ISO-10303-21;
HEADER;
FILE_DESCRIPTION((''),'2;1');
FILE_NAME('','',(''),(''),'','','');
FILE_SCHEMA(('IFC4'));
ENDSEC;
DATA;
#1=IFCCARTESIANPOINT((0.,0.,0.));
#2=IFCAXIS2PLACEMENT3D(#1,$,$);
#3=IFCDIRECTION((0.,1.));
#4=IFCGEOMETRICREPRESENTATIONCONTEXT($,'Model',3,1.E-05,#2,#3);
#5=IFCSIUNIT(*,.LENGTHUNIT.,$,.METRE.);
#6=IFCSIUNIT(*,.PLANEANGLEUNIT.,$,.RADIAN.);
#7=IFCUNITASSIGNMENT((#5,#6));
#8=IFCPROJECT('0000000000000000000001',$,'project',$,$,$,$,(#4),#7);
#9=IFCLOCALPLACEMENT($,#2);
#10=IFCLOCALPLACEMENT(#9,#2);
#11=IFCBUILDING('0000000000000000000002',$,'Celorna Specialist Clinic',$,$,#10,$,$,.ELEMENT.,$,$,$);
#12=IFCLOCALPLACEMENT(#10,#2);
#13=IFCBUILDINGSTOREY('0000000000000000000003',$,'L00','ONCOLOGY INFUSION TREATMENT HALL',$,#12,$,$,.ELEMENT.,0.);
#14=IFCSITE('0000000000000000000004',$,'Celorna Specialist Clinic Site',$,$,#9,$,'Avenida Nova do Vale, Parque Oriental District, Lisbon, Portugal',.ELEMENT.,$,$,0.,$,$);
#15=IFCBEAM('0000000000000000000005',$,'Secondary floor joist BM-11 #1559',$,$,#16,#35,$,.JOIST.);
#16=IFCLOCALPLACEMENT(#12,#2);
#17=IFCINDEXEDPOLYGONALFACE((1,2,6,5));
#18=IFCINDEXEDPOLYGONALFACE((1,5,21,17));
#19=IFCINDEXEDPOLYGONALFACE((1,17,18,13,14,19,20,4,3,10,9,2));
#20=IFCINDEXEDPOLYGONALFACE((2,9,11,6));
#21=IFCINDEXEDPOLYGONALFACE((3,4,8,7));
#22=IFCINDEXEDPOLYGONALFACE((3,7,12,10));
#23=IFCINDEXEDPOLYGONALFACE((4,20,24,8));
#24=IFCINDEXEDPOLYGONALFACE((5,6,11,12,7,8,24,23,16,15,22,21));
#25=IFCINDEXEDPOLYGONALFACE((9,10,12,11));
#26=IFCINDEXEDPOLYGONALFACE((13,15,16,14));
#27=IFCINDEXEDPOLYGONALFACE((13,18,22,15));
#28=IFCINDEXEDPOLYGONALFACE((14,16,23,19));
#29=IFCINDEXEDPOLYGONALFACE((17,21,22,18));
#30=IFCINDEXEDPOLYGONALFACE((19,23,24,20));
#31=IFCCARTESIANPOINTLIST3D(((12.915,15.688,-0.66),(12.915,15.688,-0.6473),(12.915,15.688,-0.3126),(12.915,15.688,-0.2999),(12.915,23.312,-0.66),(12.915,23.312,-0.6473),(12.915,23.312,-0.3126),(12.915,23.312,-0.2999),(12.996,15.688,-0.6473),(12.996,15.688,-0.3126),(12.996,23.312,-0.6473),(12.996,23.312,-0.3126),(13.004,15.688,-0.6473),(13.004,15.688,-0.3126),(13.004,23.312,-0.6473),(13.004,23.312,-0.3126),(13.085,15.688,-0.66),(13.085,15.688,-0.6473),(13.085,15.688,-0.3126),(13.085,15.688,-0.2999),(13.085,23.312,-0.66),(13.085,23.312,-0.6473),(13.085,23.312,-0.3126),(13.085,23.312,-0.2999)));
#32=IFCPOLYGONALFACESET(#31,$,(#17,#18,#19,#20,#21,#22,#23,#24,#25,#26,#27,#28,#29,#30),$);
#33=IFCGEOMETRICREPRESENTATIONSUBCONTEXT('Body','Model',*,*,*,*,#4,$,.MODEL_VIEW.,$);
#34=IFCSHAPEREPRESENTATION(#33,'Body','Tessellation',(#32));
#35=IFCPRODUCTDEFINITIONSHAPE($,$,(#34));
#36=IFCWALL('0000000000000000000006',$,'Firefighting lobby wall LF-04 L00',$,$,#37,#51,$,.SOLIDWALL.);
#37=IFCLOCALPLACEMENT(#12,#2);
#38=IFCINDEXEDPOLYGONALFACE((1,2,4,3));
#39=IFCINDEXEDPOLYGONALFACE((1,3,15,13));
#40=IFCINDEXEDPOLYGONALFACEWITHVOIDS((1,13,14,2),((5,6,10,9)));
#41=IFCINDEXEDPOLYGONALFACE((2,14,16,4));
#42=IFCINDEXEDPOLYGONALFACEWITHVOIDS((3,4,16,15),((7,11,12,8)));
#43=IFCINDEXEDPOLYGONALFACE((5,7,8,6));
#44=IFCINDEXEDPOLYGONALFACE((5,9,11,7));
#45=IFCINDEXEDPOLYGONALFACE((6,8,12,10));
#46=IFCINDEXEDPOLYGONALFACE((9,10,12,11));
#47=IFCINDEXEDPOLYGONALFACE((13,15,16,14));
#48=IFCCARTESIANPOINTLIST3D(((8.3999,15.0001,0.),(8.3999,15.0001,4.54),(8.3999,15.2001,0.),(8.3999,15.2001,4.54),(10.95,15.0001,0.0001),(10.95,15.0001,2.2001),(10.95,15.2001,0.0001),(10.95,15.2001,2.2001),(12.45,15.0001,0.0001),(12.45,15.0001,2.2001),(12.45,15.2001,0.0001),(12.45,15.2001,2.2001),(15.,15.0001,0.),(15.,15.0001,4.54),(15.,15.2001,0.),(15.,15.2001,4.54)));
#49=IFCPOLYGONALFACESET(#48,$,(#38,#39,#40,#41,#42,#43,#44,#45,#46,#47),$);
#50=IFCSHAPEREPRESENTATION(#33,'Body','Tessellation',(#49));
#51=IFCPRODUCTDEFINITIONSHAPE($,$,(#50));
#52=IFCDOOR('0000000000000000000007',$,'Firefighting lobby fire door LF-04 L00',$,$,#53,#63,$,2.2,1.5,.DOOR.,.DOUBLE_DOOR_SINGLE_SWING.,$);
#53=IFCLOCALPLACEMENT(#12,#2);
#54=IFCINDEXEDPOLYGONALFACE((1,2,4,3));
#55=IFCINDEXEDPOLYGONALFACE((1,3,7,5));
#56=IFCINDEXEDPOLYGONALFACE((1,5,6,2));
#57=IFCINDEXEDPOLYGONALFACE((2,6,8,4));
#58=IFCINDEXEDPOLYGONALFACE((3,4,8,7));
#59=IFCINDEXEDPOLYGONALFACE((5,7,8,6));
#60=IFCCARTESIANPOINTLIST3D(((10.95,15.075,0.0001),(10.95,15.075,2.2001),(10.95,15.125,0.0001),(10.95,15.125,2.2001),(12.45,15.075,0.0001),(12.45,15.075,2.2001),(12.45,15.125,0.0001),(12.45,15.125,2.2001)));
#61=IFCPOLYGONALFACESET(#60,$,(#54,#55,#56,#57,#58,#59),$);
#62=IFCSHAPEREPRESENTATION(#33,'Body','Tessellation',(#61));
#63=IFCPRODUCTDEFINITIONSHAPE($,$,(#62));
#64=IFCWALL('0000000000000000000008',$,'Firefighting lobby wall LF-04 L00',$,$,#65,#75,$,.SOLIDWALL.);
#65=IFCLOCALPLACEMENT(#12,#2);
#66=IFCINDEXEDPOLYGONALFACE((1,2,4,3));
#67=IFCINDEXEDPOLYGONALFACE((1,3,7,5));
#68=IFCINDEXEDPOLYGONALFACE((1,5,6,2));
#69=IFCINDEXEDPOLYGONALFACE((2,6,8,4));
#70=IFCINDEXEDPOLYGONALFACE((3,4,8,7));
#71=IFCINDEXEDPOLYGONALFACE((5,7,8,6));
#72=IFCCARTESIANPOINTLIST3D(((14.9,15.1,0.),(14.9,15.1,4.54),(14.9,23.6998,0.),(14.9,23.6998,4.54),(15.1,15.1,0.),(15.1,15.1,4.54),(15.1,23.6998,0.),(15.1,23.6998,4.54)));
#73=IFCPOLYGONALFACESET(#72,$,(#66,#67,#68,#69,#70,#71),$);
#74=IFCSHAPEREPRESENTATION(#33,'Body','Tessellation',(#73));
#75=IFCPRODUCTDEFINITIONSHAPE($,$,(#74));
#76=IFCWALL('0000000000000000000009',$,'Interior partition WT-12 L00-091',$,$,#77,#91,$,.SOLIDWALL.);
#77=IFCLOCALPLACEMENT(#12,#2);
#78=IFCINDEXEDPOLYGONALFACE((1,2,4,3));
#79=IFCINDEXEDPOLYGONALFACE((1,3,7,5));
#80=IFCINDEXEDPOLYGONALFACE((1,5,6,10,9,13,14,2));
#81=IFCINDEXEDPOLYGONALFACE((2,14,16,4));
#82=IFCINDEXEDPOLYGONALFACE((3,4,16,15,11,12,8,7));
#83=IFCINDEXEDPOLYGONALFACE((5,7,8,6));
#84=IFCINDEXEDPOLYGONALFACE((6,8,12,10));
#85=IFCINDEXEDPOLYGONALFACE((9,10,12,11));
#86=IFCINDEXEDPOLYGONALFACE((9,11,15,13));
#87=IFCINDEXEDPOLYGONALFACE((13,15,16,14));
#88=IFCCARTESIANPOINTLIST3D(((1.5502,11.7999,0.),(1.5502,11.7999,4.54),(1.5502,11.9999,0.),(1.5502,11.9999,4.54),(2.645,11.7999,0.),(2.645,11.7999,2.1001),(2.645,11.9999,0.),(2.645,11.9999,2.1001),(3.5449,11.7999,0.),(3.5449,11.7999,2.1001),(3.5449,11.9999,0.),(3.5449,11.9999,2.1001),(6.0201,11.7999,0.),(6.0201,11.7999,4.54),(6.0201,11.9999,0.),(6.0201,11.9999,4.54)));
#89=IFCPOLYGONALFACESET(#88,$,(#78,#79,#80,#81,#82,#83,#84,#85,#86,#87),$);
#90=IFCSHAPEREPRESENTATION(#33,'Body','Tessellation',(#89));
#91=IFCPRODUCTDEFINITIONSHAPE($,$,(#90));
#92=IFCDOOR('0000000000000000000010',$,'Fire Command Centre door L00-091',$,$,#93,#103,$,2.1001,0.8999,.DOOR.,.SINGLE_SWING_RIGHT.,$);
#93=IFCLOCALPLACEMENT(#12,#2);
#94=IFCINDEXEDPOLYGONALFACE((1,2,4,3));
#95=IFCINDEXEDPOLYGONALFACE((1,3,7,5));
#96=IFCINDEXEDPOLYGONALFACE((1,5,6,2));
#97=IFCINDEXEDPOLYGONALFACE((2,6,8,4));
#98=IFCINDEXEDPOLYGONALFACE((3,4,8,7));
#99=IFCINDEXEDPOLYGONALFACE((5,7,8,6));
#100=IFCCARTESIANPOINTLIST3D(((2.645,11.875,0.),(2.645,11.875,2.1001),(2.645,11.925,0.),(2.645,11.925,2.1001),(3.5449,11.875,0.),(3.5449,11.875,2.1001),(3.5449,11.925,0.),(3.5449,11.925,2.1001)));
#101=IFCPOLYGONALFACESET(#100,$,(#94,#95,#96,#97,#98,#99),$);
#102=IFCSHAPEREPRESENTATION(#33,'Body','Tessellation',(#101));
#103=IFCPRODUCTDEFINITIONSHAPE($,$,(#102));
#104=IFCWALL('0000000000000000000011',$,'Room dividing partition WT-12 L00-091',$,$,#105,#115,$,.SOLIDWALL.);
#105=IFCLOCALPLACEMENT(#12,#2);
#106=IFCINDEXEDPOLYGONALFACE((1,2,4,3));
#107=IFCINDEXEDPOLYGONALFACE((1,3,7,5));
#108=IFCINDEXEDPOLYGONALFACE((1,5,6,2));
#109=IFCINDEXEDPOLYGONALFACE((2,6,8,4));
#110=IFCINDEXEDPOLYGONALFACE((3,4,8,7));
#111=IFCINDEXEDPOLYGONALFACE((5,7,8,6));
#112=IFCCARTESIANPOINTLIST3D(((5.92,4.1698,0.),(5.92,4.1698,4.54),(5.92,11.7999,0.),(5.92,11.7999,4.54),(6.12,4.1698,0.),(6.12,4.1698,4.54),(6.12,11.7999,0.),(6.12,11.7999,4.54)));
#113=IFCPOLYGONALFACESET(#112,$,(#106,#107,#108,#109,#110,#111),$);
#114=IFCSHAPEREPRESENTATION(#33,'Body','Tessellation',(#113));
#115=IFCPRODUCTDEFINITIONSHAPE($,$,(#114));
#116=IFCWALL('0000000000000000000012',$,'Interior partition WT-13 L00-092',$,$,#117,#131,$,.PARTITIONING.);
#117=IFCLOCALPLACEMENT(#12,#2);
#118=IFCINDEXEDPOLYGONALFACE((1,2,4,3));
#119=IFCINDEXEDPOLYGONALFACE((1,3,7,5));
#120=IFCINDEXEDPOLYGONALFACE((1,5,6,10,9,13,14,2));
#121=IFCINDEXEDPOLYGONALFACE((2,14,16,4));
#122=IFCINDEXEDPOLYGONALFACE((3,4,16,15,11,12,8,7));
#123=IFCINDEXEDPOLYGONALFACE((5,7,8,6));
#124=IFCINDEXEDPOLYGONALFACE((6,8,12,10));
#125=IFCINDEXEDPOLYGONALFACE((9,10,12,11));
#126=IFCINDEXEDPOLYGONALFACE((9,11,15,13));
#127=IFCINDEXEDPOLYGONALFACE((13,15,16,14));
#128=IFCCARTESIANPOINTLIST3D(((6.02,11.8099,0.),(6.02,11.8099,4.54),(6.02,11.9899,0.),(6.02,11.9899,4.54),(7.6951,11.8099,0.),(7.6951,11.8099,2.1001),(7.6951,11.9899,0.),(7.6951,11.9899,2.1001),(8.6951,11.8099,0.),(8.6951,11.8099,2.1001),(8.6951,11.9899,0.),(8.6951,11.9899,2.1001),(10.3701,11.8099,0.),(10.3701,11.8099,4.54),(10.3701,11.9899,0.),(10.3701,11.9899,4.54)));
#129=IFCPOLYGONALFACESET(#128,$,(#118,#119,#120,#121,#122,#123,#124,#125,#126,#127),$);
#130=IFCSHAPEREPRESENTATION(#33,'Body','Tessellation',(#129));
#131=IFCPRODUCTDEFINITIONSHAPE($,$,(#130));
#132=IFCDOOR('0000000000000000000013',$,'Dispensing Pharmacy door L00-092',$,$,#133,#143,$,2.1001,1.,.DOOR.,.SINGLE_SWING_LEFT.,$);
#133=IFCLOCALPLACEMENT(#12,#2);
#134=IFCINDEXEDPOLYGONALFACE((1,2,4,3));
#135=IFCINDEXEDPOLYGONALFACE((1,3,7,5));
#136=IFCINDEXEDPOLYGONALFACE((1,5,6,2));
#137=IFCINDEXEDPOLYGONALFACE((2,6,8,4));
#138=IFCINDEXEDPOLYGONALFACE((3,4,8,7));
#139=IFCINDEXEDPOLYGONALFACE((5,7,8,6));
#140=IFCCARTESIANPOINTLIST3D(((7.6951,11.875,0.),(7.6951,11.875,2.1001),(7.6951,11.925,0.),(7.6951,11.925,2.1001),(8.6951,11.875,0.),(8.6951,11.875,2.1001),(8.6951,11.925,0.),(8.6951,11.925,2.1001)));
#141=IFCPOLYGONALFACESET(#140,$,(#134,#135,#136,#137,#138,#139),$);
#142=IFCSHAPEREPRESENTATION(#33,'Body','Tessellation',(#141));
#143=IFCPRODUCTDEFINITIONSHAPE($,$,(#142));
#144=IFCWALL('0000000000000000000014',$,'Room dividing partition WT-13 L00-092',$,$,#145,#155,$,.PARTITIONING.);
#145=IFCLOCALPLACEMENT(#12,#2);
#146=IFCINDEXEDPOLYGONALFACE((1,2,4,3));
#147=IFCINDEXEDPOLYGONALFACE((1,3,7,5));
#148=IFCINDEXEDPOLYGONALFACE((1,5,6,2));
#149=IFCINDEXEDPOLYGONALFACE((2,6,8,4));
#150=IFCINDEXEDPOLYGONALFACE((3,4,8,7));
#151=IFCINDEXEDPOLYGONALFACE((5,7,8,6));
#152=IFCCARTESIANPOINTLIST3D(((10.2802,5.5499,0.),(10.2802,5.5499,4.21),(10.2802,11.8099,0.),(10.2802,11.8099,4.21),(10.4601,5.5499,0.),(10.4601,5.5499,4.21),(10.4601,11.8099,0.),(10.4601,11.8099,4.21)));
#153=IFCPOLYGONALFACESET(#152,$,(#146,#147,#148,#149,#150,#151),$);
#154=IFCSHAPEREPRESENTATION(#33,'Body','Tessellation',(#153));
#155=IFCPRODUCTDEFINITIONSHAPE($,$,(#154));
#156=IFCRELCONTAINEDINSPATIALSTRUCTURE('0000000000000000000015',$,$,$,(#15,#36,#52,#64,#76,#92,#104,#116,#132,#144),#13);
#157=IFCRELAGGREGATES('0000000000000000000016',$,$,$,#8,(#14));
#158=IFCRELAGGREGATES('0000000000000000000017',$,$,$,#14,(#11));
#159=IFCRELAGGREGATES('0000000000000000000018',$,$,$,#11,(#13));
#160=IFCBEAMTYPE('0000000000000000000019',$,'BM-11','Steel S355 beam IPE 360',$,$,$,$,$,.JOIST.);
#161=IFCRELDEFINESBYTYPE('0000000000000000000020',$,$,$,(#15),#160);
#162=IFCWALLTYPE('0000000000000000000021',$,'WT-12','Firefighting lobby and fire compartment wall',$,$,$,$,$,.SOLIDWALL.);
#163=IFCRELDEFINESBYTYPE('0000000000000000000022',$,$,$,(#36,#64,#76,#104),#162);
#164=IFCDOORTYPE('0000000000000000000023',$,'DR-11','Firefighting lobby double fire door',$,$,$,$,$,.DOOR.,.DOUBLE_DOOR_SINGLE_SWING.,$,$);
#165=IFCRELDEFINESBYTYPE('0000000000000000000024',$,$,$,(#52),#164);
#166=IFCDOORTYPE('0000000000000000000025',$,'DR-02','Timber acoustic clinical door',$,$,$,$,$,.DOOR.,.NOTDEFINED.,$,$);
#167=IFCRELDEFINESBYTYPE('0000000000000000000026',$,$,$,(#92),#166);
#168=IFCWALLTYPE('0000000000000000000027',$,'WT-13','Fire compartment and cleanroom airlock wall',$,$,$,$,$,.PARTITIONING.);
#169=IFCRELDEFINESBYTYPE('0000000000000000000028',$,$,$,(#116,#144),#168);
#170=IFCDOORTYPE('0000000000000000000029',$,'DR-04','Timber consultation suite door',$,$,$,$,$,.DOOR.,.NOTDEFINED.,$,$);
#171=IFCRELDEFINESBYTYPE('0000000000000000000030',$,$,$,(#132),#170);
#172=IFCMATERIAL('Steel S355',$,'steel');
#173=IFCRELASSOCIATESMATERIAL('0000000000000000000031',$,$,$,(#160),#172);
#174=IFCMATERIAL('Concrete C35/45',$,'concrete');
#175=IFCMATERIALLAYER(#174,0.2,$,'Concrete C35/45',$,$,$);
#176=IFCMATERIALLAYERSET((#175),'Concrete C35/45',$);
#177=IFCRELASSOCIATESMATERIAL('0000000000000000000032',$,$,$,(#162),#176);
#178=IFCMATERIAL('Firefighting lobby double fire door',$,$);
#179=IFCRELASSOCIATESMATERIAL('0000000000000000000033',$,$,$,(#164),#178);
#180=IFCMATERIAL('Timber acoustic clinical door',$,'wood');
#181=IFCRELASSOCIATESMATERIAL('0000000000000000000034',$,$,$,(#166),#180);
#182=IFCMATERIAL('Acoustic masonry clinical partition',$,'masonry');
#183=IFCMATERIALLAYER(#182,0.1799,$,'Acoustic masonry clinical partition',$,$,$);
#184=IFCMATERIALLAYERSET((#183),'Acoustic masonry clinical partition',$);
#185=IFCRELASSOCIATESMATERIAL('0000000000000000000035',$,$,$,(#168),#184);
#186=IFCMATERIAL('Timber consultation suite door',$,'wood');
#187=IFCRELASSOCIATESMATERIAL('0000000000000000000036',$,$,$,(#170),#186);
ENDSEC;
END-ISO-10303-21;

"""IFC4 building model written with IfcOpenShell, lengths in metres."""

from ifc_helpers import new_model, si_unit, direction, frame, frame_2d, origin, origin_2d, place, context, subcontext, project, spatial, rectangle, i_section, extrude, material, layer, layer_set, material_profile, profile_set, type_object, element, fill, save


model = new_model("IFC4")

# Units and contexts
model_context = context("Model", 3, precision=1e-05, world=origin(), true_north=direction((0.0, 1.0)))
body_context = subcontext(model_context, "Body", "Model", "MODEL_VIEW")
ifc_project = project(units=[si_unit("LENGTHUNIT", "METRE"), si_unit("PLANEANGLEUNIT", "RADIAN")], contexts=[model_context])

# Site, building, storey
site_placement = place(None, origin())
site = spatial("IfcSite", under=ifc_project, at=site_placement, Name="Celorna Specialist Clinic Site", LongName="Avenida Nova do Vale, Parque Oriental District, Lisbon, Portugal", CompositionType="ELEMENT", RefElevation=0.0)
building_placement = place(site_placement, origin())
building = spatial("IfcBuilding", under=site, at=building_placement, Name="Celorna Specialist Clinic", CompositionType="ELEMENT")
storey_placement = place(building_placement, origin())
storey = spatial("IfcBuildingStorey", under=building, at=storey_placement, Name="L00", Description="ONCOLOGY INFUSION TREATMENT HALL", CompositionType="ELEMENT", Elevation=0.0)

# Beam
ifc_material_1 = material(Name="Steel S355", Category="steel")
ifc_material_profile_1 = material_profile(ifc_material_1, i_section(OverallWidth=0.1699, OverallDepth=0.3601, WebThickness=0.0081, FlangeThickness=0.0127, at=origin_2d()), Name="IPE 360")
ifc_profile_set_1 = profile_set([ifc_material_profile_1], Name="Steel S355")
beam_type_1 = type_object("IfcBeamType", Name="BM-11", Description="Steel S355 beam IPE 360", PredefinedType="JOIST", material=ifc_profile_set_1)
for number, where, z_axis, x_axis, name in (
    (1, (13.0, 15.688, -0.48), (0.0, 1.0, 0.0), (-1.0, 0.0, 0.0), "Secondary floor joist BM-11 #1559"),
):
    element("IfcBeam", number, at=place(storey_placement, frame(where, z_axis=z_axis, x_axis=x_axis)), inside=storey, type_object=beam_type_1, Name=name, PredefinedType="JOIST", context=body_context, shape_type="SweptSolid", body=[
        extrude(i_section(OverallWidth=0.1699, OverallDepth=0.3601, WebThickness=0.0081, FlangeThickness=0.0127, at=origin_2d()), origin(), (0.0, 0.0, 1.0), 7.624),
    ])

# Wall, opening, door
ifc_material_2 = material(Name="Concrete C35/45", Category="concrete")
ifc_layer_1 = layer(ifc_material_2, 0.2, Name="Concrete C35/45")
ifc_layer_set_1 = layer_set([ifc_layer_1], Name="Concrete C35/45")
wall_type_1 = type_object("IfcWallType", Name="WT-12", Description="Firefighting lobby and fire compartment wall", PredefinedType="SOLIDWALL", material=ifc_layer_set_1)
wall_1_placement = place(storey_placement, frame((8.3999, 15.1001, 0.0), z_axis=(0.0, 0.0, 1.0), x_axis=(1.0, 0.0, 0.0)))
wall_1 = element("IfcWall", 2, at=wall_1_placement, inside=storey, type_object=wall_type_1, Name="Firefighting lobby wall LF-04 L00", PredefinedType="SOLIDWALL", context=body_context, shape_type="SweptSolid", body=[
    extrude(rectangle(XDim=6.6001, YDim=0.2, at=frame_2d((3.3, 0.0))), origin(), (0.0, 0.0, 1.0), 4.54),
])
opening_1_placement = place(wall_1_placement, frame((2.55, 0.0, 0.0)))
opening_1 = element("IfcOpeningElement", 3, at=opening_1_placement, cuts=wall_1, PredefinedType="OPENING", context=body_context, shape_type="SweptSolid", body=[
    extrude(rectangle(XDim=1.5, YDim=2.2, at=frame_2d((0.75, 1.1001))), frame((0.0, 0.1099, 0.0), z_axis=(0.0, -1.0, 0.0), x_axis=(1.0, 0.0, 0.0)), (0.0, 0.0, 1.0), 0.22),
])
ifc_material_3 = material(Name="Firefighting lobby double fire door")
door_type_1 = type_object("IfcDoorType", Name="DR-11", Description="Firefighting lobby double fire door", OperationType="DOUBLE_DOOR_SINGLE_SWING", PredefinedType="DOOR", material=ifc_material_3)
door_1_placement = place(opening_1_placement, origin())
door_1 = element("IfcDoor", 4, at=door_1_placement, inside=storey, type_object=door_type_1, Name="Firefighting lobby fire door LF-04 L00", OperationType="DOUBLE_DOOR_SINGLE_SWING", OverallHeight=2.2, OverallWidth=1.5, PredefinedType="DOOR", context=body_context, shape_type="SweptSolid", body=[
    extrude(rectangle(XDim=1.5, YDim=2.2, at=frame_2d((0.75, 1.1001))), frame((0.0, 0.0249, 0.0), z_axis=(0.0, -1.0, 0.0), x_axis=(1.0, 0.0, 0.0)), (0.0, 0.0, 1.0), 0.05),
])
fill(opening_1, door_1)

# Wall
wall_2_placement = place(storey_placement, frame((15.0, 15.1001, 0.0), z_axis=(0.0, 0.0, 1.0), x_axis=(0.0, 1.0, 0.0)))
element("IfcWall", 5, at=wall_2_placement, inside=storey, type_object=wall_type_1, Name="Firefighting lobby wall LF-04 L00", PredefinedType="SOLIDWALL", context=body_context, shape_type="SweptSolid", body=[
    extrude(rectangle(XDim=8.5999, YDim=0.2, at=frame_2d((4.2998, 0.0))), origin(), (0.0, 0.0, 1.0), 4.54),
])

# Wall, opening, door
wall_3_placement = place(storey_placement, frame((6.02, 11.8999, 0.0), z_axis=(0.0, 0.0, 1.0), x_axis=(-1.0, 0.0, 0.0)))
wall_3 = element("IfcWall", 6, at=wall_3_placement, inside=storey, type_object=wall_type_1, Name="Interior partition WT-12 L00-091", PredefinedType="SOLIDWALL", context=body_context, shape_type="SweptSolid", body=[
    extrude(rectangle(XDim=4.47, YDim=0.2, at=frame_2d((2.2349, 0.0))), origin(), (0.0, 0.0, 1.0), 4.54),
])
opening_2_placement = place(wall_3_placement, frame((2.4751, 0.0, 0.0)))
opening_2 = element("IfcOpeningElement", 7, at=opening_2_placement, cuts=wall_3, PredefinedType="OPENING", context=body_context, shape_type="SweptSolid", body=[
    extrude(rectangle(XDim=0.8999, YDim=2.1001, at=frame_2d((0.45, 1.05))), frame((0.0, 0.1099, 0.0), z_axis=(0.0, -1.0, 0.0), x_axis=(1.0, 0.0, 0.0)), (0.0, 0.0, 1.0), 0.22),
])
ifc_material_4 = material(Name="Timber acoustic clinical door", Category="wood")
door_type_2 = type_object("IfcDoorType", Name="DR-02", Description="Timber acoustic clinical door", OperationType="NOTDEFINED", PredefinedType="DOOR", material=ifc_material_4)
door_2_placement = place(opening_2_placement, origin())
door_2 = element("IfcDoor", 8, at=door_2_placement, inside=storey, type_object=door_type_2, Name="Fire Command Centre door L00-091", OperationType="SINGLE_SWING_RIGHT", OverallHeight=2.1001, OverallWidth=0.8999, PredefinedType="DOOR", context=body_context, shape_type="SweptSolid", body=[
    extrude(rectangle(XDim=0.8999, YDim=2.1001, at=frame_2d((0.45, 1.05))), frame((0.0, 0.0249, 0.0), z_axis=(0.0, -1.0, 0.0), x_axis=(1.0, 0.0, 0.0)), (0.0, 0.0, 1.0), 0.05),
])
fill(opening_2, door_2)

# Wall
wall_4_placement = place(storey_placement, frame((6.02, 4.1699, 0.0), z_axis=(0.0, 0.0, 1.0), x_axis=(0.0, 1.0, 0.0)))
element("IfcWall", 9, at=wall_4_placement, inside=storey, type_object=wall_type_1, Name="Room dividing partition WT-12 L00-091", PredefinedType="SOLIDWALL", context=body_context, shape_type="SweptSolid", body=[
    extrude(rectangle(XDim=7.6301, YDim=0.2, at=frame_2d((3.8149, 0.0))), origin(), (0.0, 0.0, 1.0), 4.54),
])

# Wall, opening, door
ifc_material_5 = material(Name="Acoustic masonry clinical partition", Category="masonry")
ifc_layer_2 = layer(ifc_material_5, 0.1799, Name="Acoustic masonry clinical partition")
ifc_layer_set_2 = layer_set([ifc_layer_2], Name="Acoustic masonry clinical partition")
wall_type_2 = type_object("IfcWallType", Name="WT-13", Description="Fire compartment and cleanroom airlock wall", PredefinedType="PARTITIONING", material=ifc_layer_set_2)
wall_5_placement = place(storey_placement, frame((10.3701, 11.8999, 0.0), z_axis=(0.0, 0.0, 1.0), x_axis=(-1.0, 0.0, 0.0)))
wall_5 = element("IfcWall", 10, at=wall_5_placement, inside=storey, type_object=wall_type_2, Name="Interior partition WT-13 L00-092", PredefinedType="PARTITIONING", context=body_context, shape_type="SweptSolid", body=[
    extrude(rectangle(XDim=4.3501, YDim=0.1799, at=frame_2d((2.175, 0.0))), origin(), (0.0, 0.0, 1.0), 4.54),
])
opening_3_placement = place(wall_5_placement, frame((1.675, 0.0, 0.0)))
opening_3 = element("IfcOpeningElement", 11, at=opening_3_placement, cuts=wall_5, PredefinedType="OPENING", context=body_context, shape_type="SweptSolid", body=[
    extrude(rectangle(XDim=1.0, YDim=2.1001, at=frame_2d((0.5, 1.05))), frame((0.0, 0.0999, 0.0), z_axis=(0.0, -1.0, 0.0), x_axis=(1.0, 0.0, 0.0)), (0.0, 0.0, 1.0), 0.2),
])
ifc_material_6 = material(Name="Timber consultation suite door", Category="wood")
door_type_3 = type_object("IfcDoorType", Name="DR-04", Description="Timber consultation suite door", OperationType="NOTDEFINED", PredefinedType="DOOR", material=ifc_material_6)
door_3_placement = place(opening_3_placement, origin())
door_3 = element("IfcDoor", 12, at=door_3_placement, inside=storey, type_object=door_type_3, Name="Dispensing Pharmacy door L00-092", OperationType="SINGLE_SWING_LEFT", OverallHeight=2.1001, OverallWidth=1.0, PredefinedType="DOOR", context=body_context, shape_type="SweptSolid", body=[
    extrude(rectangle(XDim=1.0, YDim=2.1001, at=frame_2d((0.5, 1.05))), frame((0.0, 0.0249, 0.0), z_axis=(0.0, -1.0, 0.0), x_axis=(1.0, 0.0, 0.0)), (0.0, 0.0, 1.0), 0.05),
])
fill(opening_3, door_3)

# Wall
wall_6_placement = place(storey_placement, frame((10.3701, 5.55, 0.0), z_axis=(0.0, 0.0, 1.0), x_axis=(0.0, 1.0, 0.0)))
element("IfcWall", 13, at=wall_6_placement, inside=storey, type_object=wall_type_2, Name="Room dividing partition WT-13 L00-092", PredefinedType="PARTITIONING", context=body_context, shape_type="SweptSolid", body=[
    extrude(rectangle(XDim=6.26, YDim=0.1799, at=frame_2d((3.1299, 0.0))), origin(), (0.0, 0.0, 1.0), 4.21),
])

save(model, "model.ifc")
